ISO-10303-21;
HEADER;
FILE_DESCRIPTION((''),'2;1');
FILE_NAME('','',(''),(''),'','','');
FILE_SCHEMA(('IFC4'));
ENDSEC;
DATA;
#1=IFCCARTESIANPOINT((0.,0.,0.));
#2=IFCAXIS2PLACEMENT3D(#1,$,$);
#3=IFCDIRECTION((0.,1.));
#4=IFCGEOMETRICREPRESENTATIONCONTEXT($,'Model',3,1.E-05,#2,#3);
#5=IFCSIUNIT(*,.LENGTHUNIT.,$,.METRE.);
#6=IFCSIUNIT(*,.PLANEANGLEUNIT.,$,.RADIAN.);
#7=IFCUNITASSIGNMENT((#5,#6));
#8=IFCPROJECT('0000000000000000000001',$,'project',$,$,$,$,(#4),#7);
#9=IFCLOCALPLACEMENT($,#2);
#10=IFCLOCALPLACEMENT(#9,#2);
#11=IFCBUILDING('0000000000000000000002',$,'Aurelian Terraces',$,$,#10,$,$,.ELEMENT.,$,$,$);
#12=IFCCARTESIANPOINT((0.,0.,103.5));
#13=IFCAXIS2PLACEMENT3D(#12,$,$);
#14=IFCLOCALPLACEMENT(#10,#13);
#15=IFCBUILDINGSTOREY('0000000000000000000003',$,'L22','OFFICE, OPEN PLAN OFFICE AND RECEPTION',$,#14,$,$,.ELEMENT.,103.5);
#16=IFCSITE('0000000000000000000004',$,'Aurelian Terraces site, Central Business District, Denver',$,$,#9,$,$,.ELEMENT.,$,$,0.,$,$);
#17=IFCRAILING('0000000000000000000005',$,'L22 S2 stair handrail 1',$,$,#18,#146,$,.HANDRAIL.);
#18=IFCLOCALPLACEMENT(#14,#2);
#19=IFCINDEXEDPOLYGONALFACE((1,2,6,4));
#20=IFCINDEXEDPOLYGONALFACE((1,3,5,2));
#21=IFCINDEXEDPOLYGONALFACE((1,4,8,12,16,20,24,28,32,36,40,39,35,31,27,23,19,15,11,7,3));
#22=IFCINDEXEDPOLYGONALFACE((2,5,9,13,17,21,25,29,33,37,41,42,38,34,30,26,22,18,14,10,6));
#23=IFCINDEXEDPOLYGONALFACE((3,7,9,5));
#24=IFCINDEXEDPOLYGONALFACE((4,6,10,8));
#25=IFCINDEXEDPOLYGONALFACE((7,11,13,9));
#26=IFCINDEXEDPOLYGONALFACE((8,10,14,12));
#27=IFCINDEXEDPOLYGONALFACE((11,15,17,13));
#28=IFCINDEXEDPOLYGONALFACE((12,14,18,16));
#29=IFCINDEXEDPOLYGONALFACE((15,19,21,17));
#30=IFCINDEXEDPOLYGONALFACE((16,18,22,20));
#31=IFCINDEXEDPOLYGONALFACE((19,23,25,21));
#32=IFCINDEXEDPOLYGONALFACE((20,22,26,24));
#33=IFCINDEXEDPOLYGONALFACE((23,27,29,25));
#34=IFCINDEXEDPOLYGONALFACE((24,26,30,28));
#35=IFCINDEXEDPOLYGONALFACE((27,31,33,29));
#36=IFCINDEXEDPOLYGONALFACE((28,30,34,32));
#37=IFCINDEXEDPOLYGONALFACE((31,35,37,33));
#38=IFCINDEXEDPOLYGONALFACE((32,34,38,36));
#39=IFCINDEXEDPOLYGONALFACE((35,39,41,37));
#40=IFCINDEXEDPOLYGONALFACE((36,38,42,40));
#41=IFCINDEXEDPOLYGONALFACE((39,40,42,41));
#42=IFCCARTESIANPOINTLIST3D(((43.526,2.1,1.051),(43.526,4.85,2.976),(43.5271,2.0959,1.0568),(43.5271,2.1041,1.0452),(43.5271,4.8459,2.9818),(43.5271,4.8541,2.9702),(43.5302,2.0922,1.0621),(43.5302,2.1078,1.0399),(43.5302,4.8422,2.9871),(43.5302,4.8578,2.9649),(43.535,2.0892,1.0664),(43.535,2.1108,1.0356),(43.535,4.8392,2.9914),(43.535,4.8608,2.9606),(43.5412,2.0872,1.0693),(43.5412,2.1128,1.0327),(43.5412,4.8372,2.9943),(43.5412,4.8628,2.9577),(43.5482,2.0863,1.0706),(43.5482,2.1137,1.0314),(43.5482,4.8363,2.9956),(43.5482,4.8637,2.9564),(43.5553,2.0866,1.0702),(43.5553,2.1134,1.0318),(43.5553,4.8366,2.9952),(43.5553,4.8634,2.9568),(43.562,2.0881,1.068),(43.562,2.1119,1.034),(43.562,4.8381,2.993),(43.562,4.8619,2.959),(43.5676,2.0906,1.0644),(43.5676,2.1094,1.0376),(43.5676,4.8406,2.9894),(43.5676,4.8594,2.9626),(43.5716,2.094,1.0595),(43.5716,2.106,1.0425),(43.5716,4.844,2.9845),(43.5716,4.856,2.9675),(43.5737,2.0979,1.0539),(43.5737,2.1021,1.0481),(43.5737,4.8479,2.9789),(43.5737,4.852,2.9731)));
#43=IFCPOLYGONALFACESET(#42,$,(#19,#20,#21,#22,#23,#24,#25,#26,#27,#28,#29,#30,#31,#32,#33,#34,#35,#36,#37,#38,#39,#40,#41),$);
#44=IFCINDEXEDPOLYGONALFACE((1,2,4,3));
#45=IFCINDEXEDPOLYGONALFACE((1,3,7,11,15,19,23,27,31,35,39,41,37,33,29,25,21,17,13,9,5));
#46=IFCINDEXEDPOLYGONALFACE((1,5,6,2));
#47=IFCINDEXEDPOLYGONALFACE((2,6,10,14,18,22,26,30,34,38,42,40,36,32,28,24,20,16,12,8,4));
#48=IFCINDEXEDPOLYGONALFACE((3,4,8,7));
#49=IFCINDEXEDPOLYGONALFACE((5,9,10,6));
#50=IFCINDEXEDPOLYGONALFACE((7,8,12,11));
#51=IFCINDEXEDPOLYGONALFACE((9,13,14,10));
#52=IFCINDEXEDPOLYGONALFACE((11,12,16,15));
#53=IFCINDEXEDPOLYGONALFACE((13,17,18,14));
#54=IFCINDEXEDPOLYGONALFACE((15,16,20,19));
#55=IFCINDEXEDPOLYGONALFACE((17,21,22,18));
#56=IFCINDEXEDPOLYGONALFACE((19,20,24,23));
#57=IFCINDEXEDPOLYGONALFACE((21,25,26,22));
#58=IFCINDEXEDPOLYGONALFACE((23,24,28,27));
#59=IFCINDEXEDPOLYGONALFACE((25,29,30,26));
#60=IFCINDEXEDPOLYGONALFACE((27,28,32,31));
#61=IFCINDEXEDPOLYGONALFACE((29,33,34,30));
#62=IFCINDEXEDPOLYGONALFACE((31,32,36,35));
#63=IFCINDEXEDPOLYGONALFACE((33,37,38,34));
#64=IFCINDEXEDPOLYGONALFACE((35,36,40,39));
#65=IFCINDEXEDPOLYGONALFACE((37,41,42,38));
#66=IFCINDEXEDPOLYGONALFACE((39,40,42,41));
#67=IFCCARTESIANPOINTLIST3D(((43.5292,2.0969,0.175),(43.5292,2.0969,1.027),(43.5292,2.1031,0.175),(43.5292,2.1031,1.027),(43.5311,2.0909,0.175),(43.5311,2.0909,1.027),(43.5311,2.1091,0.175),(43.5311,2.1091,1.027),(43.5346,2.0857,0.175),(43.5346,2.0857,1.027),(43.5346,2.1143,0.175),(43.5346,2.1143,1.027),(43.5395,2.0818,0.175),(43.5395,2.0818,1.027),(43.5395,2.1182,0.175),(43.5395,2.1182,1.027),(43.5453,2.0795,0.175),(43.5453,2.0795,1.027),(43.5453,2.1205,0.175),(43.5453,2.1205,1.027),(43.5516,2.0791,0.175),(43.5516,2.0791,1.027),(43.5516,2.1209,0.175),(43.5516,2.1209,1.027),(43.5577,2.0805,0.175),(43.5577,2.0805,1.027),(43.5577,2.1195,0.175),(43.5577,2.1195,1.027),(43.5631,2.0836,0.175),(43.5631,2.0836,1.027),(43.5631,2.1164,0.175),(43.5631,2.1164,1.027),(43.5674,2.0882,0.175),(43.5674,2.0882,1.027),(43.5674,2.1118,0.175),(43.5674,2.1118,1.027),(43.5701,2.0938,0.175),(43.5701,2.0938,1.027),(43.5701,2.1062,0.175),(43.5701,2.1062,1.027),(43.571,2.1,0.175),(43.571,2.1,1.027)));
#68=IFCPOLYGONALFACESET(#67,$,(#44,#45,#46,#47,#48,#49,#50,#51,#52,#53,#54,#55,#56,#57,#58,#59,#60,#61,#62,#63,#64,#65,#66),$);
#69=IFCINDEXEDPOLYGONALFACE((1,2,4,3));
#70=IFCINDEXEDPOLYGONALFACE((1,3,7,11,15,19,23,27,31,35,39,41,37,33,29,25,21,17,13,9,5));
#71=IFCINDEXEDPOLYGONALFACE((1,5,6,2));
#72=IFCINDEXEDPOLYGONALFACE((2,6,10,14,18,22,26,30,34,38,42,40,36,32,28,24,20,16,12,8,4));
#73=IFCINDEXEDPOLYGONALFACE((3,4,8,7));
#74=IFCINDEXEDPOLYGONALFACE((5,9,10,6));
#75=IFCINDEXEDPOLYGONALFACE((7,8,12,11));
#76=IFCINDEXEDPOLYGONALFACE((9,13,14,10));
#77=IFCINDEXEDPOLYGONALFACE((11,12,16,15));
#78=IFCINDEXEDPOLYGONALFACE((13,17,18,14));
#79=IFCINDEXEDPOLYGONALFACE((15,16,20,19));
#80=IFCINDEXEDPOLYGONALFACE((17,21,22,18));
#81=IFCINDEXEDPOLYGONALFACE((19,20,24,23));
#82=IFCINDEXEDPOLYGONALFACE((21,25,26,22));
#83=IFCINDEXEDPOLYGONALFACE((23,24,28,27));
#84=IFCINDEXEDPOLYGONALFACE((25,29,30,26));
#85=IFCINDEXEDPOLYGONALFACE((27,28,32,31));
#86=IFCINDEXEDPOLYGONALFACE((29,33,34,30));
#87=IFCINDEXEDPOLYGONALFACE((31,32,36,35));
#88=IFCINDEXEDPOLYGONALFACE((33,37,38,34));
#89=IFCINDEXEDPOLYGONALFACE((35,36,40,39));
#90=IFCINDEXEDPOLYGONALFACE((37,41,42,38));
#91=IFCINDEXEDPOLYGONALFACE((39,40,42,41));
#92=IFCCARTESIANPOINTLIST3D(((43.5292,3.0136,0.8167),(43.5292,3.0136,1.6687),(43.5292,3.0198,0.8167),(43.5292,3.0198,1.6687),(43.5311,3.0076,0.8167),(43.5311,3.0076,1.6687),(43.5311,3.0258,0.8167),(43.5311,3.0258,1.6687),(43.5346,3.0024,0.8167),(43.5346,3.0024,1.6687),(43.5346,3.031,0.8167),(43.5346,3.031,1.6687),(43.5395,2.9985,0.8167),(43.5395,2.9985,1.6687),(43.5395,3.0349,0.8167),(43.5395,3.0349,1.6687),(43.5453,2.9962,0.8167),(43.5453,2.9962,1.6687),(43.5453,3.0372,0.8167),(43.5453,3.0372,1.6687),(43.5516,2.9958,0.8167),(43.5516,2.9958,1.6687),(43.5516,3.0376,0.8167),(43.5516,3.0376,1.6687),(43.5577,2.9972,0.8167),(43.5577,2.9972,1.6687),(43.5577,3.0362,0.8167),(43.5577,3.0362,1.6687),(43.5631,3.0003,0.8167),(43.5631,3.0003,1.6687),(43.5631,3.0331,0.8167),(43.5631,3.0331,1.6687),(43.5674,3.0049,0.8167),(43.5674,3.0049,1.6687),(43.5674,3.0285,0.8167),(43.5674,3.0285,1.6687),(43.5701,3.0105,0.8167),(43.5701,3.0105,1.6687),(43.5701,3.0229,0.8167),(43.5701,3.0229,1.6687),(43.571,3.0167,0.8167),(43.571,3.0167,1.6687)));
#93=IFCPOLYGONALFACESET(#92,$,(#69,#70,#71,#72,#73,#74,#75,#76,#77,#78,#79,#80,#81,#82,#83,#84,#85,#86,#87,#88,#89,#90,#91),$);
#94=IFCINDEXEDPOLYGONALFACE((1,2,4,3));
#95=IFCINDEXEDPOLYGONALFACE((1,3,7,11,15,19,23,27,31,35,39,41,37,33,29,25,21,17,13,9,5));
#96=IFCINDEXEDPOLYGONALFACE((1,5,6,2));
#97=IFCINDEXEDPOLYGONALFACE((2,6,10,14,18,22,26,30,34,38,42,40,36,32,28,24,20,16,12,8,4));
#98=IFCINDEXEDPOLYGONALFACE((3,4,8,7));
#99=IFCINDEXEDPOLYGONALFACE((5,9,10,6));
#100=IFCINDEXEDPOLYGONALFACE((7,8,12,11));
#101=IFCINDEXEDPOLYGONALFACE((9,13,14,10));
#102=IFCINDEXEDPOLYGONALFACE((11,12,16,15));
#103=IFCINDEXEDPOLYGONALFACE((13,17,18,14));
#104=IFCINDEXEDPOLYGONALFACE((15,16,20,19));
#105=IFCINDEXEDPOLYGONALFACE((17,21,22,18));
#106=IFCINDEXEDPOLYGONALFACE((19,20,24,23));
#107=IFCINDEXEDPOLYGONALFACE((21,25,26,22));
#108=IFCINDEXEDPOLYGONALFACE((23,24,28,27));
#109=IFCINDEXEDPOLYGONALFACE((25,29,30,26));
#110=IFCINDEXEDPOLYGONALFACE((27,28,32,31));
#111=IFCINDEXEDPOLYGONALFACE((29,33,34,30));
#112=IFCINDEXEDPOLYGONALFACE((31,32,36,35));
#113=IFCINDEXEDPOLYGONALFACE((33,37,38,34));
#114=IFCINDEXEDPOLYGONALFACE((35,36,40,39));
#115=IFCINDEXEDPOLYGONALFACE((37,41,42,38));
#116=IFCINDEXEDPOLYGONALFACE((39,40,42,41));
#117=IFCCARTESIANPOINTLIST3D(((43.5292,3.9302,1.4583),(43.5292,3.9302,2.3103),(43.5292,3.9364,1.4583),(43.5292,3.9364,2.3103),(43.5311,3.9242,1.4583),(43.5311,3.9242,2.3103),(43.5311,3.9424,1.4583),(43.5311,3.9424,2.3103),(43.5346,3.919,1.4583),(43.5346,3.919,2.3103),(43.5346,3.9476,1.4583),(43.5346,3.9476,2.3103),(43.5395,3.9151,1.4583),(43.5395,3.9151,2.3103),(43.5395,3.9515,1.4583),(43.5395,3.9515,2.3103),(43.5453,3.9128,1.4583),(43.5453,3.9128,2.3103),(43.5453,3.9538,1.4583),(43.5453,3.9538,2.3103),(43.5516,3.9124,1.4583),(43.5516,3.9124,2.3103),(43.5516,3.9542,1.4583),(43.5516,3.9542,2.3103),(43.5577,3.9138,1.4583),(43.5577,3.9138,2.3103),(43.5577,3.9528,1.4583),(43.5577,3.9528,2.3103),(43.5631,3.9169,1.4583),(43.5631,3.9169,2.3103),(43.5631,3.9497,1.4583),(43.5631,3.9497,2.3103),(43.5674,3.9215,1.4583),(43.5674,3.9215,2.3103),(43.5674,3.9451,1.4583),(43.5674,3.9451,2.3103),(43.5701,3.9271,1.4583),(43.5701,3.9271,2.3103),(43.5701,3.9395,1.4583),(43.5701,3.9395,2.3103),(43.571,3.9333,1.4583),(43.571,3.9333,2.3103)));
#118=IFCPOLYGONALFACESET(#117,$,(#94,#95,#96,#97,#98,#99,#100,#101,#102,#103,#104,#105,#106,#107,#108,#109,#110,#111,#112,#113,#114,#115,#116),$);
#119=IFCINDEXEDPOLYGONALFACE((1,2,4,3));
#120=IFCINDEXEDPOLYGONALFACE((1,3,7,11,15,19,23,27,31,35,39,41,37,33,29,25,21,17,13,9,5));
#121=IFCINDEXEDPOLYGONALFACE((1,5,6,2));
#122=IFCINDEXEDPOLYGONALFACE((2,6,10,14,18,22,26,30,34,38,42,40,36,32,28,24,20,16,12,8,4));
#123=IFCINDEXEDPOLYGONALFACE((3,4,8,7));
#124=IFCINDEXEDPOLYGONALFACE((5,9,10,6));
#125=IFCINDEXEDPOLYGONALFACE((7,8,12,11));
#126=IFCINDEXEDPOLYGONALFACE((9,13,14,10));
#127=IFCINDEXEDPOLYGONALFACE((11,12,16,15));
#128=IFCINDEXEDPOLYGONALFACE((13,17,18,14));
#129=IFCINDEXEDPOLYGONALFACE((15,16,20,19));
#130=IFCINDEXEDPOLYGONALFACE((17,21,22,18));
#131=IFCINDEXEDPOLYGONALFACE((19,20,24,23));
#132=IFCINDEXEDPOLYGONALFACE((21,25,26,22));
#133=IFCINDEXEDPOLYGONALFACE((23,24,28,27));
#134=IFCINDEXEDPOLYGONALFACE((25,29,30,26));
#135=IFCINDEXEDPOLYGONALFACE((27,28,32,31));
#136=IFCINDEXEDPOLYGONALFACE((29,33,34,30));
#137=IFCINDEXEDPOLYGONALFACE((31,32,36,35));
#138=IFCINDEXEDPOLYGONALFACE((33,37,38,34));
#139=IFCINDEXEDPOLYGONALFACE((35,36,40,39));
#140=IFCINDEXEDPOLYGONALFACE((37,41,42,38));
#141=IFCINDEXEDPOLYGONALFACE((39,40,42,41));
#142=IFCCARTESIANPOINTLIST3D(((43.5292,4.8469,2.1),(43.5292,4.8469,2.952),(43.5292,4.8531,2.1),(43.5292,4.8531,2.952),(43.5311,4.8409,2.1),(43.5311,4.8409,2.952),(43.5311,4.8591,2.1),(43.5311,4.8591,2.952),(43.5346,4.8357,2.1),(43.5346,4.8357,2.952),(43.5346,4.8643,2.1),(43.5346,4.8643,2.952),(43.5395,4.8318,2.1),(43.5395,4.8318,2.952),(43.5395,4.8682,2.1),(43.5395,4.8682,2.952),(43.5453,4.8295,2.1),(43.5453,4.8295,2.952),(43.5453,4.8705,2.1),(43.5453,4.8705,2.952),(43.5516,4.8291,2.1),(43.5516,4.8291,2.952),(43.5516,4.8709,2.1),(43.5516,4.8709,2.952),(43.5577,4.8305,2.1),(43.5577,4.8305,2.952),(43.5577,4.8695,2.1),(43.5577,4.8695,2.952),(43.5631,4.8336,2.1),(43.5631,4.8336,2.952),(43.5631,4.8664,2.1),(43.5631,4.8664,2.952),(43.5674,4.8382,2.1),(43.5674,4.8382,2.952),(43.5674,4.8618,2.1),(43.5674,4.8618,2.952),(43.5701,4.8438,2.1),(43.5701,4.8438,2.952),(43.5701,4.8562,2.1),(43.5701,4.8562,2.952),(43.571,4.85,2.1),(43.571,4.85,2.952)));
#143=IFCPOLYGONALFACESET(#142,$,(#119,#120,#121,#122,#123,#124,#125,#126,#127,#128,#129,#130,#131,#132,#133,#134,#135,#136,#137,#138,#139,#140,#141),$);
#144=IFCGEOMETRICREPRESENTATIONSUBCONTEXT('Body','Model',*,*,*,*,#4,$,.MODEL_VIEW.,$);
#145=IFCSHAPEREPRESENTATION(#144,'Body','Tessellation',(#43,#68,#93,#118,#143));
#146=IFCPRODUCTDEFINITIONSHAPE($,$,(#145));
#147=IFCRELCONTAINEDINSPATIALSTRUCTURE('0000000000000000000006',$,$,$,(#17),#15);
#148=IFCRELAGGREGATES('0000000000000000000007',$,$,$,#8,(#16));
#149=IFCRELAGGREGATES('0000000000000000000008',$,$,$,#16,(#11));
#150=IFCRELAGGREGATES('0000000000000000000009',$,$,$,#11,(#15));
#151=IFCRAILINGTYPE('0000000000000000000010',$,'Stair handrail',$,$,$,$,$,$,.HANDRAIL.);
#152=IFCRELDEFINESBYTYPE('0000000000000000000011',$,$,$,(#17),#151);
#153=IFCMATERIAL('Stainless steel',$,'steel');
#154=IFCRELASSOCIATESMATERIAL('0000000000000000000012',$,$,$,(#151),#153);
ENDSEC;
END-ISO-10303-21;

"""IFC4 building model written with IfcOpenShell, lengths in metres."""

from ifc_helpers import new_model, si_unit, direction, frame, origin, origin_2d, place, context, subcontext, project, spatial, circle, extrude, source, transform, mapped, material, type_object, element, save


model = new_model("IFC4")

# Units and contexts
model_context = context("Model", 3, precision=1e-05, world=origin(), true_north=direction((0.0, 1.0)))
body_context = subcontext(model_context, "Body", "Model", "MODEL_VIEW")
ifc_project = project(units=[si_unit("LENGTHUNIT", "METRE"), si_unit("PLANEANGLEUNIT", "RADIAN")], contexts=[model_context])

# Site, building, storey
site_placement = place(None, origin())
site = spatial("IfcSite", under=ifc_project, at=site_placement, Name="Aurelian Terraces site, Central Business District, Denver", CompositionType="ELEMENT", RefElevation=0.0)
building_placement = place(site_placement, origin())
building = spatial("IfcBuilding", under=site, at=building_placement, Name="Aurelian Terraces", CompositionType="ELEMENT")
storey_placement = place(building_placement, frame((0.0, 0.0, 103.5)))
storey = spatial("IfcBuildingStorey", under=building, at=storey_placement, Name="L22", Description="OFFICE, OPEN PLAN OFFICE AND RECEPTION", CompositionType="ELEMENT", Elevation=103.5)

# Railing
ifc_material_1 = material(Name="Stainless steel", Category="steel")
railing_type_1 = type_object("IfcRailingType", Name="Stair handrail", PredefinedType="HANDRAIL", material=ifc_material_1)
shared_shape_1 = source(origin(), body_context, "Body", "SweptSolid", [
    extrude(circle(Radius=0.024, at=origin_2d()), frame((0.0, 0.0, 0.876), z_axis=(0.0, 0.819232, 0.573462), x_axis=(-1.0, 0.0, 0.0)), (0.0, 0.0, 1.0), 3.3568),
    extrude(circle(Radius=0.021, at=origin_2d()), origin(), (0.0, 0.0, 1.0), 0.852),
    extrude(circle(Radius=0.021, at=origin_2d()), frame((0.0, 0.9167, 0.6417)), (0.0, 0.0, 1.0), 0.852),
    extrude(circle(Radius=0.021, at=origin_2d()), frame((0.0, 1.8333, 1.2833)), (0.0, 0.0, 1.0), 0.852),
    extrude(circle(Radius=0.021, at=origin_2d()), frame((0.0, 2.75, 1.925)), (0.0, 0.0, 1.0), 0.852),
])
railing_1_placement = place(storey_placement, frame((43.55, 2.1, 0.175)))
element("IfcRailing", 1, at=railing_1_placement, inside=storey, type_object=railing_type_1, Name="L22 S2 stair handrail 1", PredefinedType="HANDRAIL", context=body_context, shape_type="MappedRepresentation", body=[
    mapped(shared_shape_1, transform((0.0, 0.0, 0.0), scale=1.0)),
])

save(model, "model.ifc")
